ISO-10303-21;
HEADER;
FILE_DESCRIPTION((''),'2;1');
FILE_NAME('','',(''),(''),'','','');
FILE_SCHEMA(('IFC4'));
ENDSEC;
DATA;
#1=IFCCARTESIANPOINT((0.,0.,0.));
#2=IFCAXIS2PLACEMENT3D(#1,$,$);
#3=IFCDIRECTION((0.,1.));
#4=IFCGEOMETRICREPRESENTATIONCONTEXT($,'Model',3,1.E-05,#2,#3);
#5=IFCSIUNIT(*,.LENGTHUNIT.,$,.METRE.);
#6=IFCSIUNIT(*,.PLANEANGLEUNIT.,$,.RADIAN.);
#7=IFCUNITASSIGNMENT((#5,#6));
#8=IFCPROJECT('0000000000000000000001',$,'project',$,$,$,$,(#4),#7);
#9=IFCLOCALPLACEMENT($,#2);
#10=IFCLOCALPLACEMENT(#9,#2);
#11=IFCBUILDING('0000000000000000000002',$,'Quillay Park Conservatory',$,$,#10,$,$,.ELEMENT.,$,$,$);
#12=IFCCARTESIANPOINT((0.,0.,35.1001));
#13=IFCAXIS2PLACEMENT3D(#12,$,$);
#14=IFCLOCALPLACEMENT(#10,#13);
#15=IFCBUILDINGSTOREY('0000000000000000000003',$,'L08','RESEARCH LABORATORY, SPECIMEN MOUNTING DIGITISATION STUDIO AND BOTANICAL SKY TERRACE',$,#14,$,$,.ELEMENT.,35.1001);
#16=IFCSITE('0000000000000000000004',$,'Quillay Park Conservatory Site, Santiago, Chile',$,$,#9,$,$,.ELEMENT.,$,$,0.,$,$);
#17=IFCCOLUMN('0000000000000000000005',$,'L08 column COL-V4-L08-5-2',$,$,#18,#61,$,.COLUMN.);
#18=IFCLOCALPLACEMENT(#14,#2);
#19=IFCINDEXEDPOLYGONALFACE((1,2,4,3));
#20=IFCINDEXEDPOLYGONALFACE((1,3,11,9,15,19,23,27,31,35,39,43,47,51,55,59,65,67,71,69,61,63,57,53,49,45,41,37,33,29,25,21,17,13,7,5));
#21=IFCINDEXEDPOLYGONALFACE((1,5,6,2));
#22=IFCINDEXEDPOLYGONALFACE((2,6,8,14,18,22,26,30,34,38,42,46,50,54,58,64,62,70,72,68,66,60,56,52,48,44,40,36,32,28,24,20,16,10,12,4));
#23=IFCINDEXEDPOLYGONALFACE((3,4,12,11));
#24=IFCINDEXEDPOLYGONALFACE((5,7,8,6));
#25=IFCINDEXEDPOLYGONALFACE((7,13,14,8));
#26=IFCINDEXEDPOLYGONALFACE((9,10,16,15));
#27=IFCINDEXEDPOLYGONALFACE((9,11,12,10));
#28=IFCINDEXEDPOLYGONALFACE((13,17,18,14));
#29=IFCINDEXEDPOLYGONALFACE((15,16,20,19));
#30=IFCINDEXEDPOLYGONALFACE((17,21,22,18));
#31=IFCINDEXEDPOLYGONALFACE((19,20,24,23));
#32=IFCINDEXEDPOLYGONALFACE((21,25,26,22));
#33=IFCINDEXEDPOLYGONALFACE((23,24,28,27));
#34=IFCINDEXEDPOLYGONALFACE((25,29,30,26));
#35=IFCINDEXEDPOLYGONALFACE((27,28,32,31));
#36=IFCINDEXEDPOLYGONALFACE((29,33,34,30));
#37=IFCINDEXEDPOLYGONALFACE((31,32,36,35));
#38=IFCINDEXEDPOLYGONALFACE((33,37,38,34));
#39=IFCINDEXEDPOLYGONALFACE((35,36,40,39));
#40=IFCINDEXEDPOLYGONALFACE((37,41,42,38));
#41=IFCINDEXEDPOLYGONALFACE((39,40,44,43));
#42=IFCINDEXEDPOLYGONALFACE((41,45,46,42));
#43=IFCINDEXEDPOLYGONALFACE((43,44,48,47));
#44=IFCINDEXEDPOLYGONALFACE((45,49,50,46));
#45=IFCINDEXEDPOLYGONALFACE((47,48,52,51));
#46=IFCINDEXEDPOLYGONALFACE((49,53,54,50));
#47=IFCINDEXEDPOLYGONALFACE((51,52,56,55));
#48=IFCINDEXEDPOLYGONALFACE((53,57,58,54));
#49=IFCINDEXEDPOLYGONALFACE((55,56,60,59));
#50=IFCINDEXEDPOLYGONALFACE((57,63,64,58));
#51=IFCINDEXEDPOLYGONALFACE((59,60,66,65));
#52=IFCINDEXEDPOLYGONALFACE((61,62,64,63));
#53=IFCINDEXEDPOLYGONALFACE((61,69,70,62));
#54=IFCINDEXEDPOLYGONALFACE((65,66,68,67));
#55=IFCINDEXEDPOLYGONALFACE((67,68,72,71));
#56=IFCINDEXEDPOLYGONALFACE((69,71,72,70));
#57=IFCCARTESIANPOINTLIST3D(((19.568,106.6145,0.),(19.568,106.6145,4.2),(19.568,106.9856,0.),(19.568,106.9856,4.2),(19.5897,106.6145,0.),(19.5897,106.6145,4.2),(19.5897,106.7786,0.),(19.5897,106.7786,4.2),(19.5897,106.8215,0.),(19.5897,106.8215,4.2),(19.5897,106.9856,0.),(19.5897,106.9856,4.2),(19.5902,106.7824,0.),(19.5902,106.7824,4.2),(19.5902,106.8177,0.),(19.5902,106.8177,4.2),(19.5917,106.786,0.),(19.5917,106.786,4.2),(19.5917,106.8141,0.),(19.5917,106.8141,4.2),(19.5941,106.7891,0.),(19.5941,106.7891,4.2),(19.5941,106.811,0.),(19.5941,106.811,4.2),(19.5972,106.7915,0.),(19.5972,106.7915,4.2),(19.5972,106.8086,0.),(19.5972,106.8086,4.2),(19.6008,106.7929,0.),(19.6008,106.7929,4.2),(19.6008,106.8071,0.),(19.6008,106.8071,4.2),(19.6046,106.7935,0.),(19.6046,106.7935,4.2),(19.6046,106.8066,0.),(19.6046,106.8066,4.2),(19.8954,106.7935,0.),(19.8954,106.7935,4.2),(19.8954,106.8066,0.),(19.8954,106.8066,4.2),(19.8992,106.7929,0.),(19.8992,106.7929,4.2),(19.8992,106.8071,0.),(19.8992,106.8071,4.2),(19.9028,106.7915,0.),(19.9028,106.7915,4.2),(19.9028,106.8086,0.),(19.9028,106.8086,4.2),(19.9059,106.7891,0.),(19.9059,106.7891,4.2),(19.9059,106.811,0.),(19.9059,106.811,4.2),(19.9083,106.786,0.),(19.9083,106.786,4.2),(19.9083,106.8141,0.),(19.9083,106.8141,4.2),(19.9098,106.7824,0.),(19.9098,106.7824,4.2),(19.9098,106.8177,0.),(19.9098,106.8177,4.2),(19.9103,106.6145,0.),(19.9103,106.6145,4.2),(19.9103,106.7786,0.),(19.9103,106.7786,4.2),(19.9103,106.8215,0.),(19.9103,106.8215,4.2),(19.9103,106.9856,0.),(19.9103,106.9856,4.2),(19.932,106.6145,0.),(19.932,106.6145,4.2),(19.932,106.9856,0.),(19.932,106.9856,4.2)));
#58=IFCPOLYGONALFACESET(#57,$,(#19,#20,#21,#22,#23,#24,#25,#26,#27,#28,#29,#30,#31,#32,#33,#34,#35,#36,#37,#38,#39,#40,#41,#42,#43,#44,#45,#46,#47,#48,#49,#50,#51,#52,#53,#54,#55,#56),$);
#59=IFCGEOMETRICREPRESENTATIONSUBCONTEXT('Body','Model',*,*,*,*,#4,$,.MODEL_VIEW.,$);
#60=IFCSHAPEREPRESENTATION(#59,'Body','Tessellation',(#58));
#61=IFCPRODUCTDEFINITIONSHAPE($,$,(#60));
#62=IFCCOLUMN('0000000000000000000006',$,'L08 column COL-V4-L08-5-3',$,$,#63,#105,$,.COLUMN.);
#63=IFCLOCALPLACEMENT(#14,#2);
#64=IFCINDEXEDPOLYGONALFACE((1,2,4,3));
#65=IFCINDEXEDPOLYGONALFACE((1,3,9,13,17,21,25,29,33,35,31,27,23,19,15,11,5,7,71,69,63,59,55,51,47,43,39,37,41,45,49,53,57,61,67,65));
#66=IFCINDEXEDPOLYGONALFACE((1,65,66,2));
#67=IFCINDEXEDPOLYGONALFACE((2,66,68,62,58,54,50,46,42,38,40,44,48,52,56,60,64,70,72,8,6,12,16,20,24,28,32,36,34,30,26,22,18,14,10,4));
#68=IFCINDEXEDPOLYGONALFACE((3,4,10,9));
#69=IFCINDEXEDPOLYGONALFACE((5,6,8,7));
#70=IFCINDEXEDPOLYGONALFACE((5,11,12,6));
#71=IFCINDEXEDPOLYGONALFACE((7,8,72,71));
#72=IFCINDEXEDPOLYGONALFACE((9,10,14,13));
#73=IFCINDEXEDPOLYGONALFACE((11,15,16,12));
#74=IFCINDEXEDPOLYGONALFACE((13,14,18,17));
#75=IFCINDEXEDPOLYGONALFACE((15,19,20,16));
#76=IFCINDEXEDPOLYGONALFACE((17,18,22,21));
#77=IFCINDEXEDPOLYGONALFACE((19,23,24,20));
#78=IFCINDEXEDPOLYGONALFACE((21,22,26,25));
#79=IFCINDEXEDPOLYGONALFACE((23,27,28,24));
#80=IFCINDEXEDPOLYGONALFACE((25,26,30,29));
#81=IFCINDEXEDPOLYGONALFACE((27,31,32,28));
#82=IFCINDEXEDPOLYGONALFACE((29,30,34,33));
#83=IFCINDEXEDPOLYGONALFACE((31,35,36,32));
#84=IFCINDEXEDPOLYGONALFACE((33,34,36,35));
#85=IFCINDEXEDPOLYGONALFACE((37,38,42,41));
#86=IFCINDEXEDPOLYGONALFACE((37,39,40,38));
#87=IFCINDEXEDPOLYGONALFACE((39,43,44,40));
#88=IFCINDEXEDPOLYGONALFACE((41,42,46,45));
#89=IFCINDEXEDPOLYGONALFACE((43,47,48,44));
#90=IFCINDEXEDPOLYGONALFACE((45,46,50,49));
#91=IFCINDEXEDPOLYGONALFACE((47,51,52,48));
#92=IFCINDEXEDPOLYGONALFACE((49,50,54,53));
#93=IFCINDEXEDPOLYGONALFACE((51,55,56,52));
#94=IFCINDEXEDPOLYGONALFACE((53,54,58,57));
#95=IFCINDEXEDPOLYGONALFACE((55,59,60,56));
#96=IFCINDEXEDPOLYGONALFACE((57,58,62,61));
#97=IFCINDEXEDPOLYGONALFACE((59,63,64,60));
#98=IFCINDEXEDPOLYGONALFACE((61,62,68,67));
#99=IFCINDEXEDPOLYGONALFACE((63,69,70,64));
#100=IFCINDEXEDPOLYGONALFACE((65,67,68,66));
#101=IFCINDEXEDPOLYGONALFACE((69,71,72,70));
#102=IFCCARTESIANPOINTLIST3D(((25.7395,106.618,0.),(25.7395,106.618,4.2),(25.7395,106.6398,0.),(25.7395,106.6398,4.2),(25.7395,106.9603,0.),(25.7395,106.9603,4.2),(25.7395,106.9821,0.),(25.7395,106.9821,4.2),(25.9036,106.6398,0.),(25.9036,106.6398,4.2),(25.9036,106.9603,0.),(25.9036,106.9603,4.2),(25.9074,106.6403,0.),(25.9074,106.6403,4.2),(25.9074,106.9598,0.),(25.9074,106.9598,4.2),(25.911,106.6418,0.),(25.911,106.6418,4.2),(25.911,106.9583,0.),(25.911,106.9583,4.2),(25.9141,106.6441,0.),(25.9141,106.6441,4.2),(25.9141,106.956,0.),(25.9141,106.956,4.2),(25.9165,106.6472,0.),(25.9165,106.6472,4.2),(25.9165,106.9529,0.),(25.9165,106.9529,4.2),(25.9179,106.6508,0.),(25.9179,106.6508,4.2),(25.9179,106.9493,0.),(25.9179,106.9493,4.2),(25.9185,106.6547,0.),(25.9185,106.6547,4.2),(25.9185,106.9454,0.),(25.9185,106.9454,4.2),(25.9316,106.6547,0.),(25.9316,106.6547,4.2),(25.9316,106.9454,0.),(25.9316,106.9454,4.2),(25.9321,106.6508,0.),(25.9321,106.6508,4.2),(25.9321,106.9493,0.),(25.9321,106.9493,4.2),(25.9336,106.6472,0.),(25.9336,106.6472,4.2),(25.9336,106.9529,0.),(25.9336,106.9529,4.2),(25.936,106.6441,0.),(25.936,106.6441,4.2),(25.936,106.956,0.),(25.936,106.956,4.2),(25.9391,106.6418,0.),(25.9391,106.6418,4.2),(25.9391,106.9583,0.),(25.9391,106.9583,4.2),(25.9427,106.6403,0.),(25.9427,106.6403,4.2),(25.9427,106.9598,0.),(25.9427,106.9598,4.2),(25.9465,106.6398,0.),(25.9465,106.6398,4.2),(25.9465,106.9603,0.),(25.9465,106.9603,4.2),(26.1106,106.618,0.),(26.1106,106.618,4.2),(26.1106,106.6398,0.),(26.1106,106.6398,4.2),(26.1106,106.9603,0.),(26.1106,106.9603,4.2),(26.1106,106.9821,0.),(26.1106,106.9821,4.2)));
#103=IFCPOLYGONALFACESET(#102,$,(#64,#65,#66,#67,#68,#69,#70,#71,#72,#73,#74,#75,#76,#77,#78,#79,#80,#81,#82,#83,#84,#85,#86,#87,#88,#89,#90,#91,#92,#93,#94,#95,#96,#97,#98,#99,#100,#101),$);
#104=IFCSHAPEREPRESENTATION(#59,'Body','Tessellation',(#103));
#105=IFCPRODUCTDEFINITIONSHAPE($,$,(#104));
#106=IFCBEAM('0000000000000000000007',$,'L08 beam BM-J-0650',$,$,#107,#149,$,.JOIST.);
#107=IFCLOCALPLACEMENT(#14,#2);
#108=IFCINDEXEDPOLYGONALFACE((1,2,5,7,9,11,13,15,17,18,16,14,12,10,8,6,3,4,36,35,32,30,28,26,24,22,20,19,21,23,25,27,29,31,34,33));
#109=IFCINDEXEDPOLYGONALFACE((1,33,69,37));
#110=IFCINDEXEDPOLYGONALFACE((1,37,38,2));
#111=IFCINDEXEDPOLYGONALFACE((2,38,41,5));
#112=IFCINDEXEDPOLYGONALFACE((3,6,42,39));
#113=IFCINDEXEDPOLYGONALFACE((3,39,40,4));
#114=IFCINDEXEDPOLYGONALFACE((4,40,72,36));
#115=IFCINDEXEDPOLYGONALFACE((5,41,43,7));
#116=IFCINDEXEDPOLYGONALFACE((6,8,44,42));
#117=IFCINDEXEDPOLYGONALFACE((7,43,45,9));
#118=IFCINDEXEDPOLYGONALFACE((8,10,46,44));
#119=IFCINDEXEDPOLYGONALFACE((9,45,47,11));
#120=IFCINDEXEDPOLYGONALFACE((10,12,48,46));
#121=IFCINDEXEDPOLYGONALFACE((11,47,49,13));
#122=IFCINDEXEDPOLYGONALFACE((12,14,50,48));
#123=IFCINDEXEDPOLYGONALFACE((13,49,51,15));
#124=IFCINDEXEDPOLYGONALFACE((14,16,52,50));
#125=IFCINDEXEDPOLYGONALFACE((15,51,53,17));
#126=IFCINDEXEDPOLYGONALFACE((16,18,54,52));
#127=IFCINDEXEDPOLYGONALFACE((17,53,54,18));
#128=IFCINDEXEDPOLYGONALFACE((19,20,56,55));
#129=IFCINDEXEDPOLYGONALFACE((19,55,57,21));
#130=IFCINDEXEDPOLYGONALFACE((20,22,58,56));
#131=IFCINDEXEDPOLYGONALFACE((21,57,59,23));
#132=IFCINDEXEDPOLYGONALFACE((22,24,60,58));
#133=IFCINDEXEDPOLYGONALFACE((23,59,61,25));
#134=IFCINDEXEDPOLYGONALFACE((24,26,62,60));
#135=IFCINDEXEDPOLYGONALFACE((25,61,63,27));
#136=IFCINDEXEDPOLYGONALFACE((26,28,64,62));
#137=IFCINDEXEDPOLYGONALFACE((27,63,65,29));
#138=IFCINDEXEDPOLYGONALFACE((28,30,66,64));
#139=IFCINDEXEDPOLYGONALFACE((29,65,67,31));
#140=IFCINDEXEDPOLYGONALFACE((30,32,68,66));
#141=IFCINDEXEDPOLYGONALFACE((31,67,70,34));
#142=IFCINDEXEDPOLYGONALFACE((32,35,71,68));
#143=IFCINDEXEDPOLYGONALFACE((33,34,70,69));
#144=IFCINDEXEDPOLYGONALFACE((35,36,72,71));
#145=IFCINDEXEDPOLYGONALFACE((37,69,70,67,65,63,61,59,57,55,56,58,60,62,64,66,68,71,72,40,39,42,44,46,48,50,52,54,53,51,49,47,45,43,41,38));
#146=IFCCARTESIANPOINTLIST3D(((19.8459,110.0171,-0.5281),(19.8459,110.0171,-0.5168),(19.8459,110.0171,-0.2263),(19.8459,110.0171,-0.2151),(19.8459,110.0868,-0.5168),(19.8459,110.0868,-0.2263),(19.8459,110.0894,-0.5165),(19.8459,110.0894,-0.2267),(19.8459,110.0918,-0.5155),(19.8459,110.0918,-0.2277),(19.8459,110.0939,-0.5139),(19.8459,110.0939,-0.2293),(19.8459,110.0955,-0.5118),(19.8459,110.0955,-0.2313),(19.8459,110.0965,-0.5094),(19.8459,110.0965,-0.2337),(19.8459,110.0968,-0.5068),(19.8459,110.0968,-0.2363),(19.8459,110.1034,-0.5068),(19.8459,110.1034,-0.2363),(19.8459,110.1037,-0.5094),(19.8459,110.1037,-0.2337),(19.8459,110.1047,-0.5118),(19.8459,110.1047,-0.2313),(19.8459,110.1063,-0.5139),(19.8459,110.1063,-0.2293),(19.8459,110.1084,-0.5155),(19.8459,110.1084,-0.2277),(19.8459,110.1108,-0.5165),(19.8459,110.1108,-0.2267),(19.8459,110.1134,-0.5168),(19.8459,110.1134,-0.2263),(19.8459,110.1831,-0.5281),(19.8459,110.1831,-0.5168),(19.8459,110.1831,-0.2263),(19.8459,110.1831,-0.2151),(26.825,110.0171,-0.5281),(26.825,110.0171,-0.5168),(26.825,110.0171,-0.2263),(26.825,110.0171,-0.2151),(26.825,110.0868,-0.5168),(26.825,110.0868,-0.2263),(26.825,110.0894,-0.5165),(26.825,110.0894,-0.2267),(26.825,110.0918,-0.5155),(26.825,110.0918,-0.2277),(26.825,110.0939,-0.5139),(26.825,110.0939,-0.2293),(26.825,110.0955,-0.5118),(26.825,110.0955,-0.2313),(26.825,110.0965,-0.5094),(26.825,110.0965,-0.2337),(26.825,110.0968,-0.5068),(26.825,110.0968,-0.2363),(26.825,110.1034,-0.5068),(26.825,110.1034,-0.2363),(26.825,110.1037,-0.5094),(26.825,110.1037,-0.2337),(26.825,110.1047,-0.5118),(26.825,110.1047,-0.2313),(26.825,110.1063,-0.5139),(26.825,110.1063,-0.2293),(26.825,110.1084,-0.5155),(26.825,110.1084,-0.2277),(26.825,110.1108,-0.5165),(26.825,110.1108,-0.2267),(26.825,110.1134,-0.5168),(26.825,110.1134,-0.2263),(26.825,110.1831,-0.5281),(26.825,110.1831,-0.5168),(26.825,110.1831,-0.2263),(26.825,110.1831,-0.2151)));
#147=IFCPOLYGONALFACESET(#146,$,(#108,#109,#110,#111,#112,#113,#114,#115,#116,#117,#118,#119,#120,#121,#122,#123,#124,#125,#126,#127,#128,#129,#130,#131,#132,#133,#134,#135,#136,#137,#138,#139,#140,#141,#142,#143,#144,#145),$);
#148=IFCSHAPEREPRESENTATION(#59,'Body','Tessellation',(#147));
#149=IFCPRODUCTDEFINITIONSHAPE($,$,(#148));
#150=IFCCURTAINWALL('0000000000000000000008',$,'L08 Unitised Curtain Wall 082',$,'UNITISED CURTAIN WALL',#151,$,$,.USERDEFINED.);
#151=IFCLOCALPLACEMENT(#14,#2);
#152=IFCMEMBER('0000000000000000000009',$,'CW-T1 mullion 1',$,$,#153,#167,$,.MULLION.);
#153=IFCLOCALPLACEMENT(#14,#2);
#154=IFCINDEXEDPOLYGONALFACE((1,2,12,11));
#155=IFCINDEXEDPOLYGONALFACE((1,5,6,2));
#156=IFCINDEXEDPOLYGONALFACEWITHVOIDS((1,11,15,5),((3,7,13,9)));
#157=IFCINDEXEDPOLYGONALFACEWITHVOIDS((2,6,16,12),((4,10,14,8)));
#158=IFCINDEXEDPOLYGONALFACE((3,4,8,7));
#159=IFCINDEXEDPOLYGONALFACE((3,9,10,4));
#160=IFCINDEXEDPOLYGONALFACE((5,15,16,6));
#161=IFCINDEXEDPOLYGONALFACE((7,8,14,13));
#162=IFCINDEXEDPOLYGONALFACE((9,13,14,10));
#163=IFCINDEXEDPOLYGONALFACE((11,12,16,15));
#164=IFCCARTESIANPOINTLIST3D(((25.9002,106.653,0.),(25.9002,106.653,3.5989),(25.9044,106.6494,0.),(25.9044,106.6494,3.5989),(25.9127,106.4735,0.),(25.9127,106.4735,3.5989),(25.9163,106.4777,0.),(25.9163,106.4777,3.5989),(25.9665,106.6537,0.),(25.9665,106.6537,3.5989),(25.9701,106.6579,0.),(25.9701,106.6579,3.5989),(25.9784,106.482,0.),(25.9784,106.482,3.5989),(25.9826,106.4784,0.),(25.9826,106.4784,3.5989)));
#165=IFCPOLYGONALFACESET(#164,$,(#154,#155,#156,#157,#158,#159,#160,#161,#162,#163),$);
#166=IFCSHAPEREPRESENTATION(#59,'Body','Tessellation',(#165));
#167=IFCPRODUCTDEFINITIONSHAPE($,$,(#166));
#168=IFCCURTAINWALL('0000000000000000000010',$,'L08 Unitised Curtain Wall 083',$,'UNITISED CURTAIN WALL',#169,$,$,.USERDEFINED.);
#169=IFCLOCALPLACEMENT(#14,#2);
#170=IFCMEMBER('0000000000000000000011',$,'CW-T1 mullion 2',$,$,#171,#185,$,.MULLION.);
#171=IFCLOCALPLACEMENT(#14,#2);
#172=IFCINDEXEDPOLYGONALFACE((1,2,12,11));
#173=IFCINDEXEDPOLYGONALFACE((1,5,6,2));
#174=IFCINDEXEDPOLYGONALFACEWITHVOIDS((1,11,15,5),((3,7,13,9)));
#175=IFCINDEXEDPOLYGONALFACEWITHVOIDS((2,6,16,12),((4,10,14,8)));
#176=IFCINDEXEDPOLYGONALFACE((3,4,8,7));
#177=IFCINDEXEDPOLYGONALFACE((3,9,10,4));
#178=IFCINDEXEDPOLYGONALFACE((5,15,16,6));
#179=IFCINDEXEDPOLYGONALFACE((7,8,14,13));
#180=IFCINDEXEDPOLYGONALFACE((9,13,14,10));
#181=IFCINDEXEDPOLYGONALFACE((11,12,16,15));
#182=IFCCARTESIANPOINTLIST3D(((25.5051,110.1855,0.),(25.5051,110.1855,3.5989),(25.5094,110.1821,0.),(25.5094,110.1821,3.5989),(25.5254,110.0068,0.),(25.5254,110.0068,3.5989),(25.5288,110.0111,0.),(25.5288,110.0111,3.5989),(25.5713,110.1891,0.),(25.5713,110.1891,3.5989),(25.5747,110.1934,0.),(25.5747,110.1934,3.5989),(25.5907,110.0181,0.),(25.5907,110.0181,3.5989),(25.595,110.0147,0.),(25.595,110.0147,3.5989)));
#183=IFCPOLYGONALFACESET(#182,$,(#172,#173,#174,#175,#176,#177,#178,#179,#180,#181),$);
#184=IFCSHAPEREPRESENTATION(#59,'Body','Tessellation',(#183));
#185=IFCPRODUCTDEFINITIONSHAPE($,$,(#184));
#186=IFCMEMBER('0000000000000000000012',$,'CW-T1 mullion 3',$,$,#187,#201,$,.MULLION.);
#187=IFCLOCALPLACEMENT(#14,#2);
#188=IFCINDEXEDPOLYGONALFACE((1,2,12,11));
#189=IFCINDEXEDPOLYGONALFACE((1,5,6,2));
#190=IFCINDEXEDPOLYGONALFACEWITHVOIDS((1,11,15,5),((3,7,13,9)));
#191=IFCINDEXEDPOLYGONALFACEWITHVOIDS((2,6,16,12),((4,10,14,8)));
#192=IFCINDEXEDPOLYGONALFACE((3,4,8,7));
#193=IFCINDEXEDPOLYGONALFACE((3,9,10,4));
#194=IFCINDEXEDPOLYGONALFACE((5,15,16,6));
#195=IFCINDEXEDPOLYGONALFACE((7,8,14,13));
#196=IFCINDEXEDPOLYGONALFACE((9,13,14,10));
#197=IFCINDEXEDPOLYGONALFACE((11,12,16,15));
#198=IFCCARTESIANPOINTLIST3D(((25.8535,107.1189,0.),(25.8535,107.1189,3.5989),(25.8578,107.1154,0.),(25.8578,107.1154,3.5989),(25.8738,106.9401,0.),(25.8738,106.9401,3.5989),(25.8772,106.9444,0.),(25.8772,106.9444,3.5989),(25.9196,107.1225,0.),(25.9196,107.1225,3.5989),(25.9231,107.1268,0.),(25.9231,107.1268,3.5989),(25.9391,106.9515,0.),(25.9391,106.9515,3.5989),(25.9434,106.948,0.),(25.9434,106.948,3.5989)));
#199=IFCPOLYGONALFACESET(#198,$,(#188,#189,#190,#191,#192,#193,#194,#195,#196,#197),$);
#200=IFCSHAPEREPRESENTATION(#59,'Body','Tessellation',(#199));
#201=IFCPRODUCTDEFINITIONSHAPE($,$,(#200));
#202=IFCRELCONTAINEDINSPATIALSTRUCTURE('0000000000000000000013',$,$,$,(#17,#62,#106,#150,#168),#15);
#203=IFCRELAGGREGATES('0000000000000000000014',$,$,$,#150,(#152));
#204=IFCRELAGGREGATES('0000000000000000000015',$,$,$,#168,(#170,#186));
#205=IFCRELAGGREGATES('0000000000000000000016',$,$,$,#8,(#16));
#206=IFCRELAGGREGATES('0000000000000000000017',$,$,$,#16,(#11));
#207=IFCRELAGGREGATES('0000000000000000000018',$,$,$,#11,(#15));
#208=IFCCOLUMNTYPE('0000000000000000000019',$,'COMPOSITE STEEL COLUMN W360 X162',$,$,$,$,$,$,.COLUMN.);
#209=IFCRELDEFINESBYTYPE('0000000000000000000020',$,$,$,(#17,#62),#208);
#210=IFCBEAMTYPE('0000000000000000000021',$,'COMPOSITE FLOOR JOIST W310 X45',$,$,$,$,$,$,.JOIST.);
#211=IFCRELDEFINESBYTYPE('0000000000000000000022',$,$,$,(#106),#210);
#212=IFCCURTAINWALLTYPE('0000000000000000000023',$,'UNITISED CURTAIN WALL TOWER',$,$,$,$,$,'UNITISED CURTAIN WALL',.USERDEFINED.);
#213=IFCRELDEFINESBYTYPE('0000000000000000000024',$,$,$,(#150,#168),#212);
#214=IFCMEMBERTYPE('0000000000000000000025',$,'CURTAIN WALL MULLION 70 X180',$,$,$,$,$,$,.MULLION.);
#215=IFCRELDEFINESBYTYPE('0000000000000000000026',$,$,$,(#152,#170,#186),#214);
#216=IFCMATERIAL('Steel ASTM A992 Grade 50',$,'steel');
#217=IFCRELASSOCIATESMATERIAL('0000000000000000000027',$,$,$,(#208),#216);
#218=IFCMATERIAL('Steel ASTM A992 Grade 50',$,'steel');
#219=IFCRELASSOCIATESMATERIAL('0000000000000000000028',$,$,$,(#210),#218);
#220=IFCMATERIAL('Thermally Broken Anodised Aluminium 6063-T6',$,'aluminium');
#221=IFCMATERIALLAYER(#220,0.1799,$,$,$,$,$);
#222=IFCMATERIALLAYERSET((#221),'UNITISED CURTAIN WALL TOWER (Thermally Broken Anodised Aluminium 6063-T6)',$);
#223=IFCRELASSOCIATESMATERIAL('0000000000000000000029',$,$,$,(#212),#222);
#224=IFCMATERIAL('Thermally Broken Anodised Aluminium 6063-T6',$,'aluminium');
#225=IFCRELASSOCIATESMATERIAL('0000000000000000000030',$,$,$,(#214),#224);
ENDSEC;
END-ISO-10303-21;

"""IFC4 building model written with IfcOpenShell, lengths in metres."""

from ifc_helpers import new_model, si_unit, direction, frame, origin, origin_2d, place, context, subcontext, project, spatial, hollow_rectangle, i_section, extrude, material, layer, layer_set, material_profile, profile_set, type_object, element, aggregate, save


model = new_model("IFC4")

# Units and contexts
model_context = context("Model", 3, precision=1e-05, world=origin(), true_north=direction((0.0, 1.0)))
body_context = subcontext(model_context, "Body", "Model", "MODEL_VIEW")
ifc_project = project(units=[si_unit("LENGTHUNIT", "METRE"), si_unit("PLANEANGLEUNIT", "RADIAN")], contexts=[model_context])

# Site, building, storey
site_placement = place(None, origin())
site = spatial("IfcSite", under=ifc_project, at=site_placement, Name="Quillay Park Conservatory Site, Santiago, Chile", CompositionType="ELEMENT", RefElevation=0.0)
building_placement = place(site_placement, origin())
building = spatial("IfcBuilding", under=site, at=building_placement, Name="Quillay Park Conservatory", CompositionType="ELEMENT")
storey_placement = place(building_placement, frame((0.0, 0.0, 35.1001)))
storey = spatial("IfcBuildingStorey", under=building, at=storey_placement, Name="L08", Description="RESEARCH LABORATORY, SPECIMEN MOUNTING DIGITISATION STUDIO AND BOTANICAL SKY TERRACE", CompositionType="ELEMENT", Elevation=35.1001)

# Columns
ifc_material_1 = material(Name="Steel ASTM A992 Grade 50", Category="steel")
ifc_material_profile_1 = material_profile(ifc_material_1, i_section(OverallWidth=0.3711, OverallDepth=0.364, WebThickness=0.0132, FlangeThickness=0.0217, FilletRadius=0.0149, at=origin_2d()), Name="W360x162")
ifc_profile_set_1 = profile_set([ifc_material_profile_1], Name="Steel ASTM A992 Grade 50")
column_type = type_object("IfcColumnType", Name="COMPOSITE STEEL COLUMN W360 X162", PredefinedType="COLUMN", material=ifc_profile_set_1)
for number, where, z_axis, x_axis, name in (
    (1, (19.75, 106.8, 0.0), (0.0, 0.0, 1.0), (0.0, 1.0, 0.0), "L08 column COL-V4-L08-5-2"),
    (2, (25.925, 106.8, 0.0), (0.0, 0.0, 1.0), (1.0, 0.0, 0.0), "L08 column COL-V4-L08-5-3"),
):
    element("IfcColumn", number, at=place(storey_placement, frame(where, z_axis=z_axis, x_axis=x_axis)), inside=storey, type_object=column_type, Name=name, PredefinedType="COLUMN", context=body_context, shape_type="SweptSolid", body=[
        extrude(i_section(OverallWidth=0.3711, OverallDepth=0.364, WebThickness=0.0132, FlangeThickness=0.0217, FilletRadius=0.0149, at=origin_2d()), origin(), (0.0, 0.0, 1.0), 4.2),
    ])

# Beam
ifc_material_2 = material(Name="Steel ASTM A992 Grade 50", Category="steel")
ifc_material_profile_2 = material_profile(ifc_material_2, i_section(OverallWidth=0.166, OverallDepth=0.313, WebThickness=0.0066, FlangeThickness=0.0112, FilletRadius=0.01, at=origin_2d()), Name="W310x45")
ifc_profile_set_2 = profile_set([ifc_material_profile_2], Name="Steel ASTM A992 Grade 50")
beam_type_1 = type_object("IfcBeamType", Name="COMPOSITE FLOOR JOIST W310 X45", PredefinedType="JOIST", material=ifc_profile_set_2)
beam_1_placement = place(storey_placement, frame((19.8459, 110.1001, -0.3716), z_axis=(1.0, 0.0, 0.0), x_axis=(0.0, 1.0, 0.0)))
element("IfcBeam", 3, at=beam_1_placement, inside=storey, type_object=beam_type_1, Name="L08 beam BM-J-0650", PredefinedType="JOIST", context=body_context, shape_type="SweptSolid", body=[
    extrude(i_section(OverallWidth=0.166, OverallDepth=0.313, WebThickness=0.0066, FlangeThickness=0.0112, FilletRadius=0.01, at=origin_2d()), origin(), (0.0, 0.0, 1.0), 6.979),
])

# Curtain wall, member
ifc_material_3 = material(Name="Thermally Broken Anodised Aluminium 6063-T6", Category="aluminium")
ifc_layer_1 = layer(ifc_material_3, 0.1799)
ifc_layer_set_1 = layer_set([ifc_layer_1], Name="UNITISED CURTAIN WALL TOWER (Thermally Broken Anodised Aluminium 6063-T6)")
curtain_wall_type = type_object("IfcCurtainWallType", Name="UNITISED CURTAIN WALL TOWER", ElementType="UNITISED CURTAIN WALL", PredefinedType="USERDEFINED", material=ifc_layer_set_1)
curtain_wall_1_placement = place(storey_placement, origin())
curtain_wall_1 = element("IfcCurtainWall", 4, at=curtain_wall_1_placement, inside=storey, type_object=curtain_wall_type, Name="L08 Unitised Curtain Wall 082", ObjectType="UNITISED CURTAIN WALL", PredefinedType="USERDEFINED")
ifc_material_4 = material(Name="Thermally Broken Anodised Aluminium 6063-T6", Category="aluminium")
ifc_material_profile_3 = material_profile(ifc_material_4, hollow_rectangle(XDim=0.0701, YDim=0.1799, WallThickness=0.0039, at=origin_2d()), Name="AL70x180x4")
ifc_profile_set_3 = profile_set([ifc_material_profile_3], Name="Thermally Broken Anodised Aluminium 6063-T6")
member_type_1 = type_object("IfcMemberType", Name="CURTAIN WALL MULLION 70 X180", PredefinedType="MULLION", material=ifc_profile_set_3)
member_1_placement = place(storey_placement, frame((25.9414, 106.5657, 0.0), z_axis=(0.0, 0.0, 1.0), x_axis=(0.997598, 0.069264, 0.0)))
member_1 = element("IfcMember", 5, at=member_1_placement, type_object=member_type_1, Name="CW-T1 mullion 1", PredefinedType="MULLION", context=body_context, shape_type="SweptSolid", body=[
    extrude(hollow_rectangle(XDim=0.0701, YDim=0.1799, WallThickness=0.0039, at=origin_2d()), origin(), (0.0, 0.0, 1.0), 3.5989),
])

# Curtain wall, members
curtain_wall_2_placement = place(storey_placement, origin())
curtain_wall_2 = element("IfcCurtainWall", 6, at=curtain_wall_2_placement, inside=storey, type_object=curtain_wall_type, Name="L08 Unitised Curtain Wall 083", ObjectType="UNITISED CURTAIN WALL", PredefinedType="USERDEFINED")
member_2_placement = place(storey_placement, frame((25.55, 110.1001, 0.0), z_axis=(0.0, 0.0, 1.0), x_axis=(0.993606, 0.112903, 0.0)))
member_2 = element("IfcMember", 7, at=member_2_placement, type_object=member_type_1, Name="CW-T1 mullion 2", PredefinedType="MULLION", context=body_context, shape_type="SweptSolid", body=[
    extrude(hollow_rectangle(XDim=0.0701, YDim=0.1799, WallThickness=0.0039, at=origin_2d()), origin(), (0.0, 0.0, 1.0), 3.5989),
])
member_3_placement = place(storey_placement, frame((25.8984, 107.0334, 0.0), z_axis=(0.0, 0.0, 1.0), x_axis=(0.993606, 0.112903, 0.0)))
member_3 = element("IfcMember", 8, at=member_3_placement, type_object=member_type_1, Name="CW-T1 mullion 3", PredefinedType="MULLION", context=body_context, shape_type="SweptSolid", body=[
    extrude(hollow_rectangle(XDim=0.0701, YDim=0.1799, WallThickness=0.0039, at=origin_2d()), origin(), (0.0, 0.0, 1.0), 3.5989),
])

aggregate(curtain_wall_1, [member_1])
aggregate(curtain_wall_2, [member_2, member_3])

save(model, "model.ifc")
